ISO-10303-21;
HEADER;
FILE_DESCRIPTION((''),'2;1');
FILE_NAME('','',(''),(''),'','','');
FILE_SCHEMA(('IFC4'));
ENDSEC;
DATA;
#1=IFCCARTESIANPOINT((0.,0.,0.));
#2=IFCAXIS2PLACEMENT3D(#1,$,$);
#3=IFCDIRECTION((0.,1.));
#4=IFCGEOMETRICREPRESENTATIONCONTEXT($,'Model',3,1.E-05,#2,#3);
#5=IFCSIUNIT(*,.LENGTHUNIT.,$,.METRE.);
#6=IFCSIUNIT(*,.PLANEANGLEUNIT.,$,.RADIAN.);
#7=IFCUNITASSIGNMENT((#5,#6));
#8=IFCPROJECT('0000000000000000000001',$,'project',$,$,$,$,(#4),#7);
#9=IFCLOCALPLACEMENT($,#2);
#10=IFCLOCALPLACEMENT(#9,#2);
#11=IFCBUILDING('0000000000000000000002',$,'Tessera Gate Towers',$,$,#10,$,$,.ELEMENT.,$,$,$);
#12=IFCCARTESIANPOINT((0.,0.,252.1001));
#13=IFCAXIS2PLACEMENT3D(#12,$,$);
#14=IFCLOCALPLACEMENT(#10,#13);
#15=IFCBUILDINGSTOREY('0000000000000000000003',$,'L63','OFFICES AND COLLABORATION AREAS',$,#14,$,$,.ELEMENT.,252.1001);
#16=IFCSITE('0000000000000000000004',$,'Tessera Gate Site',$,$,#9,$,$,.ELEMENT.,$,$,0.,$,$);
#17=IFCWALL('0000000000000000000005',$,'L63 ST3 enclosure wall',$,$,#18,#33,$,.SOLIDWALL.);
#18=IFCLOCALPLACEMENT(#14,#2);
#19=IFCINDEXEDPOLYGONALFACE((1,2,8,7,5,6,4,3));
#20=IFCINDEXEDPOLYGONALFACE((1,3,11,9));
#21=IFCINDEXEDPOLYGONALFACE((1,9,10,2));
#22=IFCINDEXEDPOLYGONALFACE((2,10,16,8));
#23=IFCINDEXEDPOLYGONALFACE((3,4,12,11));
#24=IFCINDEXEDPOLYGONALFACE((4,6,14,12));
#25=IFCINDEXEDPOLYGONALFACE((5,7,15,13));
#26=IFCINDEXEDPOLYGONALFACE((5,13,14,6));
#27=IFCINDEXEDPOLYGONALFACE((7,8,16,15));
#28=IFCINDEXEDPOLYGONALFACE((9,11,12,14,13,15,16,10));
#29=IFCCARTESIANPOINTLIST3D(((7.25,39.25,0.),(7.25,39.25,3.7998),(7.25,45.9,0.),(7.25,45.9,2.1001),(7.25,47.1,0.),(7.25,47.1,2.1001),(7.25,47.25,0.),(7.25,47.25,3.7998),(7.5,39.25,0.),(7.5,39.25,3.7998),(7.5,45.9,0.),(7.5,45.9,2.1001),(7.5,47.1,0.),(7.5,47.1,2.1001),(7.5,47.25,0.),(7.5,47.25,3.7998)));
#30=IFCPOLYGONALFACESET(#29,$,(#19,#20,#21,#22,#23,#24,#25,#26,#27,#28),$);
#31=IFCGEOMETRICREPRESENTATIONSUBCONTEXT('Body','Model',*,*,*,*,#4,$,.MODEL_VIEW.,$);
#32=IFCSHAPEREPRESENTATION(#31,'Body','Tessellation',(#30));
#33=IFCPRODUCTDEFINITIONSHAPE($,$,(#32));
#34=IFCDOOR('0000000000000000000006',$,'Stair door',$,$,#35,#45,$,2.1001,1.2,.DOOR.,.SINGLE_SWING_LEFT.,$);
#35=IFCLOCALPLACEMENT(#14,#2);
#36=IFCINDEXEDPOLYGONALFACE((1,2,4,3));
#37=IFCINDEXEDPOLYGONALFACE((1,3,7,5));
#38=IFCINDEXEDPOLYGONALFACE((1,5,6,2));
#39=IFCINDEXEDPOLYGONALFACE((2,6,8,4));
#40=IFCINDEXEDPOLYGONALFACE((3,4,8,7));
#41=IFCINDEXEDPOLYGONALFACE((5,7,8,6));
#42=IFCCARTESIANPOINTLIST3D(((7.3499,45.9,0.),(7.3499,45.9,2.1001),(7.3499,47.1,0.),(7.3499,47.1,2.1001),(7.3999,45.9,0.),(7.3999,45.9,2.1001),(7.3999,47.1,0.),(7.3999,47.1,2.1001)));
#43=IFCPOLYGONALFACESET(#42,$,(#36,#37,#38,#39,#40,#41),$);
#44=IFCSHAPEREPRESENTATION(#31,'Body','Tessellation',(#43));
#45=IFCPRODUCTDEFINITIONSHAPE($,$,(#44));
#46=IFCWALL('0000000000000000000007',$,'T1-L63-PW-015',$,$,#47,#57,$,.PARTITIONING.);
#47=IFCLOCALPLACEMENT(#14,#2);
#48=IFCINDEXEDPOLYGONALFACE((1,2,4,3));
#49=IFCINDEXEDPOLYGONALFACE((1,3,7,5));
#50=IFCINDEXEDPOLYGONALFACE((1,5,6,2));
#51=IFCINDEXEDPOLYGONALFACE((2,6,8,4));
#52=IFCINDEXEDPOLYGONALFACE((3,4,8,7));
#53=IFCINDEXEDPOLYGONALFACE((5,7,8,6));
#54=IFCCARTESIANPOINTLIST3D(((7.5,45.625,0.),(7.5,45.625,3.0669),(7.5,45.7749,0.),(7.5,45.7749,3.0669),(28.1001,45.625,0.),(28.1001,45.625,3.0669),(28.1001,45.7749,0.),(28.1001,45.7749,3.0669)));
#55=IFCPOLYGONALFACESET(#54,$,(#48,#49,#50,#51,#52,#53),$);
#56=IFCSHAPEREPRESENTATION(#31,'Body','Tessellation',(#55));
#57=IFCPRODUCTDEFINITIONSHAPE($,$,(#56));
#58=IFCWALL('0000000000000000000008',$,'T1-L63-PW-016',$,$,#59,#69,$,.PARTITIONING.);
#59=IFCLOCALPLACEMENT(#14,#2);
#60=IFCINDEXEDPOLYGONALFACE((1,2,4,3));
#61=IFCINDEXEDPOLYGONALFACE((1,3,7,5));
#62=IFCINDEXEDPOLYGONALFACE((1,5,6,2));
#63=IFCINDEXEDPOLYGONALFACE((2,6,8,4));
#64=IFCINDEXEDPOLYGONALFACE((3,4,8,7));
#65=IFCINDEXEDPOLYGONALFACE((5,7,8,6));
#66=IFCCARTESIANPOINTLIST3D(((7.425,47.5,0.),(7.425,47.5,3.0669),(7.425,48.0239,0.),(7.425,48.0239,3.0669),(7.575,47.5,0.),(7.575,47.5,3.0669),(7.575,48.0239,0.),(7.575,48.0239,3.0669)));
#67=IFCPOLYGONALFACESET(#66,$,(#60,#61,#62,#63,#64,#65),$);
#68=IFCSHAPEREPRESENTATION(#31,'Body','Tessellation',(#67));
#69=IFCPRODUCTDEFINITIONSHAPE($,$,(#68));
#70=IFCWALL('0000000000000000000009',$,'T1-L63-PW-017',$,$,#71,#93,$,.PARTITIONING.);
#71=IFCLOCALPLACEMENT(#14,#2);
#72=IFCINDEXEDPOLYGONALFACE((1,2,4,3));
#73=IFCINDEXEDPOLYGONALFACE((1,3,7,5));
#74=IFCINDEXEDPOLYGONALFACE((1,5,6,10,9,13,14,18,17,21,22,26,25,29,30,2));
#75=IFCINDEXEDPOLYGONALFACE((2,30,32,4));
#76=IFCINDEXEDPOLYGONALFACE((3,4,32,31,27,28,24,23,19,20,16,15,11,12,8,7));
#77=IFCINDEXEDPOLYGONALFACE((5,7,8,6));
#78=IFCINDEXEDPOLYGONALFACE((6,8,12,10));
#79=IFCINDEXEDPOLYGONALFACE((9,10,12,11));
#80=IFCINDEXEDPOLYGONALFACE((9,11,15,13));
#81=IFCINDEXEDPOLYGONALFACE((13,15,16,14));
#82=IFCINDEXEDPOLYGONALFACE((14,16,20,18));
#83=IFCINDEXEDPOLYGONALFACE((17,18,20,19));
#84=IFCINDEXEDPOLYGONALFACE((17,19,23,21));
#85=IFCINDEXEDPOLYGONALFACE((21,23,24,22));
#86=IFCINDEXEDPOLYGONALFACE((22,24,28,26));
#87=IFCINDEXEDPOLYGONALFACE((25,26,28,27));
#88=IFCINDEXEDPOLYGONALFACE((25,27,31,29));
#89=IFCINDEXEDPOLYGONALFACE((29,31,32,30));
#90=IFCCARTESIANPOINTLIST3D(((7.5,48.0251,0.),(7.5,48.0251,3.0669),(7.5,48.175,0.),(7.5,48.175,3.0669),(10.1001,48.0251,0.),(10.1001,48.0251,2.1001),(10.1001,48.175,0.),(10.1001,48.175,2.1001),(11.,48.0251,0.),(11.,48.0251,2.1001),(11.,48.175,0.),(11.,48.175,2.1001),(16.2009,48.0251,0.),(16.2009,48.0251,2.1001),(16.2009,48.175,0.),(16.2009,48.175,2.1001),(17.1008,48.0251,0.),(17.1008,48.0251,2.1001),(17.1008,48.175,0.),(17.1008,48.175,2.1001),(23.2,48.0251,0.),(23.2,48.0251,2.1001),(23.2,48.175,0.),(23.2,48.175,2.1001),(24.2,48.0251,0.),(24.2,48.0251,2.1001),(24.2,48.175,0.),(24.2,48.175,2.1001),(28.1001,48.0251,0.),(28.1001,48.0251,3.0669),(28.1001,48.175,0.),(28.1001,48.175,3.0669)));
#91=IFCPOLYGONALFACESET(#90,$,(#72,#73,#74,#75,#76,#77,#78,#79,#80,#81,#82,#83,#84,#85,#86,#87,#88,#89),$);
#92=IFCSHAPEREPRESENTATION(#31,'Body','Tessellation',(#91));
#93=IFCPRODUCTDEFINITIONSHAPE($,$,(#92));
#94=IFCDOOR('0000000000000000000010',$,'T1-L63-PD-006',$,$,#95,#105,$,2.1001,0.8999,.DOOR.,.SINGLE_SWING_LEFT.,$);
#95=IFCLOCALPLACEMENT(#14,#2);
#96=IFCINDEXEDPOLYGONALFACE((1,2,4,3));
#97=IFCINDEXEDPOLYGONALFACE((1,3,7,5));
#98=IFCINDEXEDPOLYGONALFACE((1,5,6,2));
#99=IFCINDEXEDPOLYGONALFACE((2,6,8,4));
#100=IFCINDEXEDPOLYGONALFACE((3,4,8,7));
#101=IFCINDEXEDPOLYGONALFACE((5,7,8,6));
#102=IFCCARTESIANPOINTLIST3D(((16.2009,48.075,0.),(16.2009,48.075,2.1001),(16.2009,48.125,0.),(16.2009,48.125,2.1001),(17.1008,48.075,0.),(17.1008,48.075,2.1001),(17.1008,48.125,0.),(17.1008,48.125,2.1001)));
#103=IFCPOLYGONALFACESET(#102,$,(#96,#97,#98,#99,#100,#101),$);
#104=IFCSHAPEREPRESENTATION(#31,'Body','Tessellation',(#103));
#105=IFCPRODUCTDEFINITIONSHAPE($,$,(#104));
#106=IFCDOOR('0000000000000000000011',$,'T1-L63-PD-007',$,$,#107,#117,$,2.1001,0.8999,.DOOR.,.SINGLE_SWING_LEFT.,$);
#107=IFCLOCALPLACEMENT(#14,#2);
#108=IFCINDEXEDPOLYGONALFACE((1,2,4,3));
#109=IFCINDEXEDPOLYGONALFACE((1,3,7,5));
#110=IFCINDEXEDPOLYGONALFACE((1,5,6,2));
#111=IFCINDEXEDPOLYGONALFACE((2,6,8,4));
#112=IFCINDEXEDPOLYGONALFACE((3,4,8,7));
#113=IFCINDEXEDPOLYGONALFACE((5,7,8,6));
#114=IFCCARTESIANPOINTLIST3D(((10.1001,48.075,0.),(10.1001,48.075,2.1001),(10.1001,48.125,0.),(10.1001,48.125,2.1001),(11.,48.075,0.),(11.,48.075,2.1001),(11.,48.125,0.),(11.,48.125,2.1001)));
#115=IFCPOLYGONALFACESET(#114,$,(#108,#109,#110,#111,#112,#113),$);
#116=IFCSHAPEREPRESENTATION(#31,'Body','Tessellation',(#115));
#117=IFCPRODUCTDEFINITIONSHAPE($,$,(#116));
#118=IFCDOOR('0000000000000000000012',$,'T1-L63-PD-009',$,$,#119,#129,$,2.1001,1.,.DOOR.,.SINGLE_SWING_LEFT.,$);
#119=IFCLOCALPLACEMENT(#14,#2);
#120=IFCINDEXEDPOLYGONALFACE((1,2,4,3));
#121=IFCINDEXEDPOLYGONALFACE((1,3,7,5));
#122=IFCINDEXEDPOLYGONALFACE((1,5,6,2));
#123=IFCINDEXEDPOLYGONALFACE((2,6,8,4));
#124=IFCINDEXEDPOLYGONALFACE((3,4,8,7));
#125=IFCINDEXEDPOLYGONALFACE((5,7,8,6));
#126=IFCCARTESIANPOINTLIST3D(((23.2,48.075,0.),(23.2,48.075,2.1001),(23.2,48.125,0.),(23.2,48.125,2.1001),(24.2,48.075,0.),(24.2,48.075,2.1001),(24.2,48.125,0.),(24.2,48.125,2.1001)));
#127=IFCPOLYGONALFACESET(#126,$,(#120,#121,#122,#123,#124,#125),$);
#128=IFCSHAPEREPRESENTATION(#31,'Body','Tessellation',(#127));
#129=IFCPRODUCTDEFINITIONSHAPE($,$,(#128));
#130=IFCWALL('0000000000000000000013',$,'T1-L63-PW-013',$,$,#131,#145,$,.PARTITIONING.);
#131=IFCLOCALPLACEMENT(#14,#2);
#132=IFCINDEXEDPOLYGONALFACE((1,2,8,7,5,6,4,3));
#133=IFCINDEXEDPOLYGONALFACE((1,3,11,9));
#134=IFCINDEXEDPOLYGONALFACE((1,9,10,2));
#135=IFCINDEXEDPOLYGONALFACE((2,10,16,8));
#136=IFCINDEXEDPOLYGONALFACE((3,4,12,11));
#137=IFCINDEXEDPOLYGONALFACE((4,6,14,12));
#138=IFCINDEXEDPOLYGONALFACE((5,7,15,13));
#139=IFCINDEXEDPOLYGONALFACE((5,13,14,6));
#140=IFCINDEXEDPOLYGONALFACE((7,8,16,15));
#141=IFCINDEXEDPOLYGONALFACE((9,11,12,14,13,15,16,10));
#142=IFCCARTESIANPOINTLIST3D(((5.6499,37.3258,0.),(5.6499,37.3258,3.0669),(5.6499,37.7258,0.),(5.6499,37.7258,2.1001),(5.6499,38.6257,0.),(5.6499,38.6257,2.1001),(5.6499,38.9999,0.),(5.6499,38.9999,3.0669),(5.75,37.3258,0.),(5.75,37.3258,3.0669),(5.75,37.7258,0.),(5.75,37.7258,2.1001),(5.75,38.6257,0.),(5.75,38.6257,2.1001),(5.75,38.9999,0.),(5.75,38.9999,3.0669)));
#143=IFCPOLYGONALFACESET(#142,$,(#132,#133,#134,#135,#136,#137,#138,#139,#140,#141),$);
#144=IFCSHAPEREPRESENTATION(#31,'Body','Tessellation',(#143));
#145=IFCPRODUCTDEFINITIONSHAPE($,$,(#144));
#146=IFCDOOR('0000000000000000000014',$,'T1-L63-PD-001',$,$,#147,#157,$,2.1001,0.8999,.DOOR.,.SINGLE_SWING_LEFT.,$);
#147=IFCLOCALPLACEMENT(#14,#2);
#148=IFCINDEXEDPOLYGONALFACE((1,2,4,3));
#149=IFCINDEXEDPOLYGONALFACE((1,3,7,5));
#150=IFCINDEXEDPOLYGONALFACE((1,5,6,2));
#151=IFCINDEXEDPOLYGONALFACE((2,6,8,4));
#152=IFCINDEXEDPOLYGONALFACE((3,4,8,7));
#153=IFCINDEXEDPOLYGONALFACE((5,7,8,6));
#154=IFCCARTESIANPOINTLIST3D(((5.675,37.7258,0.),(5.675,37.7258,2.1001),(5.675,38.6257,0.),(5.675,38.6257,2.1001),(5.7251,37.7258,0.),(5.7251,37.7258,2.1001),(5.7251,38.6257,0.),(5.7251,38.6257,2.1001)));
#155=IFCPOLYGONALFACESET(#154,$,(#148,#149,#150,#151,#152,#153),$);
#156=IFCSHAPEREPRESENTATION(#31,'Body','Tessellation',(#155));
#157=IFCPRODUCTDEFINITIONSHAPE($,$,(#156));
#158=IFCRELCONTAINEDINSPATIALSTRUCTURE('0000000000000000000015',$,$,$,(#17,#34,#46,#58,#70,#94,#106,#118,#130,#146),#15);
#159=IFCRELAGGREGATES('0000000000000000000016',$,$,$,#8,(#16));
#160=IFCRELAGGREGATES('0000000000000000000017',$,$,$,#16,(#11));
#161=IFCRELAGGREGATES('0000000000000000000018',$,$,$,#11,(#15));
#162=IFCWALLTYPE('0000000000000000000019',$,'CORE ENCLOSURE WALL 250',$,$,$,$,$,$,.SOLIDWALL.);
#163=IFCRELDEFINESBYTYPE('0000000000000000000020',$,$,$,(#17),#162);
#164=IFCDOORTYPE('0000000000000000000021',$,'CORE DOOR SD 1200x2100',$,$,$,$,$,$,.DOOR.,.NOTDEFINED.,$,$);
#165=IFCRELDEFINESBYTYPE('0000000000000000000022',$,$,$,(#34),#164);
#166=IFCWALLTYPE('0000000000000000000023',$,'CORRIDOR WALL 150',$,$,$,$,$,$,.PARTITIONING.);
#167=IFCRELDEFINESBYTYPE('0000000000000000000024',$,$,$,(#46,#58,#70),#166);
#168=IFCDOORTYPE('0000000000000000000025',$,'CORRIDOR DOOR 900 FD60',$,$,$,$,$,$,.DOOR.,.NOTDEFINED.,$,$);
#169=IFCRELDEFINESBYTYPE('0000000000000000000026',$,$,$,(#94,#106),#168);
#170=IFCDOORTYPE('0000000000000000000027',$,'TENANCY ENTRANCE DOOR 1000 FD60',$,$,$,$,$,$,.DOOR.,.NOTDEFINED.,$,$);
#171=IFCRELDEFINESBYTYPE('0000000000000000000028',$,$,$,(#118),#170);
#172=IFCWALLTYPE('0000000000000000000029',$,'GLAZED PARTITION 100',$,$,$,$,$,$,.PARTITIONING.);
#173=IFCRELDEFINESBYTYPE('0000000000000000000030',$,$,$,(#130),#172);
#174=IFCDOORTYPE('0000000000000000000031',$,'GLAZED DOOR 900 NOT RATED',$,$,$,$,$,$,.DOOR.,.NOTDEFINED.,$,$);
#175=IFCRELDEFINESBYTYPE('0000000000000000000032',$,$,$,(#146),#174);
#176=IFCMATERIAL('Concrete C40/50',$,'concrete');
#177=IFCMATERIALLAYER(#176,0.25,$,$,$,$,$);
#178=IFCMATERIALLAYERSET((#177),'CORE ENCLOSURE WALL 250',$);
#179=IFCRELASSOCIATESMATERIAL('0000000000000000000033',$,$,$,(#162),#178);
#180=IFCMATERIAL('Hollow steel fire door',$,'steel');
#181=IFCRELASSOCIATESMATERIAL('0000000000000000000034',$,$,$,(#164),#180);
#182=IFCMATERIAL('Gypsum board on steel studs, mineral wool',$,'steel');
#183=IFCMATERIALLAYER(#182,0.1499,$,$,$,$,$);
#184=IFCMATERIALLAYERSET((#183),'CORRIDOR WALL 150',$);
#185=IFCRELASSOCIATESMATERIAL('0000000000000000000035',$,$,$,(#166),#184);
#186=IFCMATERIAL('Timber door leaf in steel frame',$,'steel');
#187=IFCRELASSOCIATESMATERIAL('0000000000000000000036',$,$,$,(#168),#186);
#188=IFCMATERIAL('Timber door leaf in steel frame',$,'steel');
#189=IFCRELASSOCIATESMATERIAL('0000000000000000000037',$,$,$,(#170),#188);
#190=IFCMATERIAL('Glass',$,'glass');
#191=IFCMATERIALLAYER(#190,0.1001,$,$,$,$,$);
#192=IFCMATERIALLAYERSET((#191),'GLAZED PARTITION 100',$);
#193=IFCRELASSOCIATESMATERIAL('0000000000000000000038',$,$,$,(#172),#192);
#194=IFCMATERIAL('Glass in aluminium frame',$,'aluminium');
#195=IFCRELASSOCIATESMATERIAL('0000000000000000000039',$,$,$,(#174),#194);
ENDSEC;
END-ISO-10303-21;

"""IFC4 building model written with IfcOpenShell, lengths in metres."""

from ifc_helpers import new_model, si_unit, direction, frame, frame_2d, origin, place, context, subcontext, project, spatial, rectangle, extrude, source, transform, mapped, material, layer, layer_set, type_object, element, fill, save


model = new_model("IFC4")

# Units and contexts
model_context = context("Model", 3, precision=1e-05, world=origin(), true_north=direction((0.0, 1.0)))
body_context = subcontext(model_context, "Body", "Model", "MODEL_VIEW")
ifc_project = project(units=[si_unit("LENGTHUNIT", "METRE"), si_unit("PLANEANGLEUNIT", "RADIAN")], contexts=[model_context])

# Site, building, storey
site_placement = place(None, origin())
site = spatial("IfcSite", under=ifc_project, at=site_placement, Name="Tessera Gate Site", CompositionType="ELEMENT", RefElevation=0.0)
building_placement = place(site_placement, origin())
building = spatial("IfcBuilding", under=site, at=building_placement, Name="Tessera Gate Towers", CompositionType="ELEMENT")
storey_placement = place(building_placement, frame((0.0, 0.0, 252.1001)))
storey = spatial("IfcBuildingStorey", under=building, at=storey_placement, Name="L63", Description="OFFICES AND COLLABORATION AREAS", CompositionType="ELEMENT", Elevation=252.1001)

# Shared definitions
ifc_material_1 = material(Name="Concrete C40/50", Category="concrete")
ifc_layer_1 = layer(ifc_material_1, 0.25)
ifc_layer_set_1 = layer_set([ifc_layer_1], Name="CORE ENCLOSURE WALL 250")
wall_type_1 = type_object("IfcWallType", Name="CORE ENCLOSURE WALL 250", PredefinedType="SOLIDWALL", material=ifc_layer_set_1)

# Wall, opening, door
wall_1_placement = place(storey_placement, frame((7.375, 47.25, 0.0), z_axis=(0.0, 0.0, 1.0), x_axis=(0.0, -1.0, 0.0)))
wall_1 = element("IfcWall", 1, at=wall_1_placement, inside=storey, type_object=wall_type_1, Name="L63 ST3 enclosure wall", PredefinedType="SOLIDWALL", context=body_context, shape_type="SweptSolid", body=[
    extrude(rectangle(XDim=8.0, YDim=0.25, at=frame_2d((4.0, 0.0))), origin(), (0.0, 0.0, 1.0), 3.7998),
])
shared_shape_1 = source(origin(), body_context, "Body", "SweptSolid", [
    extrude(rectangle(XDim=1.2, YDim=2.1001, at=frame_2d((0.6001, 1.05))), frame((0.0, 0.135, 0.0), z_axis=(0.0, -1.0, 0.0), x_axis=(1.0, 0.0, 0.0)), (0.0, 0.0, 1.0), 0.27),
])
opening_1_placement = place(wall_1_placement, frame((0.1499, 0.0, 0.0)))
opening_1 = element("IfcOpeningElement", 2, at=opening_1_placement, cuts=wall_1, PredefinedType="OPENING", context=body_context, shape_type="MappedRepresentation", body=[
    mapped(shared_shape_1, transform((0.0, 0.0, 0.0), scale=1.0)),
])
ifc_material_2 = material(Name="Hollow steel fire door", Category="steel")
door_type_1 = type_object("IfcDoorType", Name="CORE DOOR SD 1200x2100", OperationType="NOTDEFINED", PredefinedType="DOOR", material=ifc_material_2)
shared_shape_2 = source(origin(), body_context, "Body", "SweptSolid", [
    extrude(rectangle(XDim=1.2, YDim=2.1001, at=frame_2d((0.6001, 1.05))), frame((0.0, 0.0249, 0.0), z_axis=(0.0, -1.0, 0.0), x_axis=(1.0, 0.0, 0.0)), (0.0, 0.0, 1.0), 0.05),
])
door_1_placement = place(opening_1_placement, origin())
door_1 = element("IfcDoor", 3, at=door_1_placement, inside=storey, type_object=door_type_1, Name="Stair door", OperationType="SINGLE_SWING_LEFT", OverallHeight=2.1001, OverallWidth=1.2, PredefinedType="DOOR", context=body_context, shape_type="MappedRepresentation", body=[
    mapped(shared_shape_2, transform((0.0, 0.0, 0.0), scale=1.0)),
])
fill(opening_1, door_1)

# Walls
ifc_material_3 = material(Name="Gypsum board on steel studs, mineral wool", Category="steel")
ifc_layer_2 = layer(ifc_material_3, 0.1499)
ifc_layer_set_2 = layer_set([ifc_layer_2], Name="CORRIDOR WALL 150")
wall_type_2 = type_object("IfcWallType", Name="CORRIDOR WALL 150", PredefinedType="PARTITIONING", material=ifc_layer_set_2)
wall_2_placement = place(storey_placement, frame((7.5, 45.7, 0.0), z_axis=(0.0, 0.0, 1.0), x_axis=(1.0, 0.0, 0.0)))
element("IfcWall", 4, at=wall_2_placement, inside=storey, type_object=wall_type_2, Name="T1-L63-PW-015", PredefinedType="PARTITIONING", context=body_context, shape_type="SweptSolid", body=[
    extrude(rectangle(XDim=20.6001, YDim=0.1499, at=frame_2d((10.3, 0.0))), origin(), (0.0, 0.0, 1.0), 3.0669),
])
wall_3_placement = place(storey_placement, frame((7.5, 47.5, 0.0), z_axis=(0.0, 0.0, 1.0), x_axis=(0.0, 1.0, 0.0)))
element("IfcWall", 5, at=wall_3_placement, inside=storey, type_object=wall_type_2, Name="T1-L63-PW-016", PredefinedType="PARTITIONING", context=body_context, shape_type="SweptSolid", body=[
    extrude(rectangle(XDim=0.5239, YDim=0.1499, at=frame_2d((0.262, 0.0))), origin(), (0.0, 0.0, 1.0), 3.0669),
])

# Wall, openings, doors
wall_4_placement = place(storey_placement, frame((7.5, 48.1001, 0.0), z_axis=(0.0, 0.0, 1.0), x_axis=(1.0, 0.0, 0.0)))
wall_4 = element("IfcWall", 6, at=wall_4_placement, inside=storey, type_object=wall_type_2, Name="T1-L63-PW-017", PredefinedType="PARTITIONING", context=body_context, shape_type="SweptSolid", body=[
    extrude(rectangle(XDim=20.6001, YDim=0.1499, at=frame_2d((10.3, 0.0))), origin(), (0.0, 0.0, 1.0), 3.0669),
])
shared_shape_3 = source(origin(), body_context, "Body", "SweptSolid", [
    extrude(rectangle(XDim=0.8999, YDim=2.1001, at=frame_2d((0.45, 1.05))), frame((0.0, 0.085, 0.0), z_axis=(0.0, -1.0, 0.0), x_axis=(1.0, 0.0, 0.0)), (0.0, 0.0, 1.0), 0.1699),
])
opening_2_placement = place(wall_4_placement, frame((8.7009, 0.0, 0.0)))
opening_2 = element("IfcOpeningElement", 7, at=opening_2_placement, cuts=wall_4, PredefinedType="OPENING", context=body_context, shape_type="MappedRepresentation", body=[
    mapped(shared_shape_3, transform((0.0, 0.0, 0.0), scale=1.0)),
])
opening_3_placement = place(wall_4_placement, frame((2.6001, 0.0, 0.0)))
opening_3 = element("IfcOpeningElement", 8, at=opening_3_placement, cuts=wall_4, PredefinedType="OPENING", context=body_context, shape_type="MappedRepresentation", body=[
    mapped(shared_shape_3, transform((0.0, 0.0, 0.0), scale=1.0)),
])
shared_shape_4 = source(origin(), body_context, "Body", "SweptSolid", [
    extrude(rectangle(XDim=1.0, YDim=2.1001, at=frame_2d((0.5, 1.05))), frame((0.0, 0.085, 0.0), z_axis=(0.0, -1.0, 0.0), x_axis=(1.0, 0.0, 0.0)), (0.0, 0.0, 1.0), 0.1699),
])
opening_4_placement = place(wall_4_placement, frame((15.7, 0.0, 0.0)))
opening_4 = element("IfcOpeningElement", 9, at=opening_4_placement, cuts=wall_4, PredefinedType="OPENING", context=body_context, shape_type="MappedRepresentation", body=[
    mapped(shared_shape_4, transform((0.0, 0.0, 0.0), scale=1.0)),
])
ifc_material_4 = material(Name="Timber door leaf in steel frame", Category="steel")
door_type_2 = type_object("IfcDoorType", Name="CORRIDOR DOOR 900 FD60", OperationType="NOTDEFINED", PredefinedType="DOOR", material=ifc_material_4)
shared_shape_5 = source(origin(), body_context, "Body", "SweptSolid", [
    extrude(rectangle(XDim=0.8999, YDim=2.1001, at=frame_2d((0.45, 1.05))), frame((0.0, 0.0249, 0.0), z_axis=(0.0, -1.0, 0.0), x_axis=(1.0, 0.0, 0.0)), (0.0, 0.0, 1.0), 0.05),
])
door_2_placement = place(opening_2_placement, origin())
door_2 = element("IfcDoor", 10, at=door_2_placement, inside=storey, type_object=door_type_2, Name="T1-L63-PD-006", OperationType="SINGLE_SWING_LEFT", OverallHeight=2.1001, OverallWidth=0.8999, PredefinedType="DOOR", context=body_context, shape_type="MappedRepresentation", body=[
    mapped(shared_shape_5, transform((0.0, 0.0, 0.0), scale=1.0)),
])
fill(opening_2, door_2)
door_3_placement = place(opening_3_placement, origin())
door_3 = element("IfcDoor", 11, at=door_3_placement, inside=storey, type_object=door_type_2, Name="T1-L63-PD-007", OperationType="SINGLE_SWING_LEFT", OverallHeight=2.1001, OverallWidth=0.8999, PredefinedType="DOOR", context=body_context, shape_type="MappedRepresentation", body=[
    mapped(shared_shape_5, transform((0.0, 0.0, 0.0), scale=1.0)),
])
fill(opening_3, door_3)
ifc_material_5 = material(Name="Timber door leaf in steel frame", Category="steel")
door_type_3 = type_object("IfcDoorType", Name="TENANCY ENTRANCE DOOR 1000 FD60", OperationType="NOTDEFINED", PredefinedType="DOOR", material=ifc_material_5)
shared_shape_6 = source(origin(), body_context, "Body", "SweptSolid", [
    extrude(rectangle(XDim=1.0, YDim=2.1001, at=frame_2d((0.5, 1.05))), frame((0.0, 0.0249, 0.0), z_axis=(0.0, -1.0, 0.0), x_axis=(1.0, 0.0, 0.0)), (0.0, 0.0, 1.0), 0.05),
])
door_4_placement = place(opening_4_placement, origin())
door_4 = element("IfcDoor", 12, at=door_4_placement, inside=storey, type_object=door_type_3, Name="T1-L63-PD-009", OperationType="SINGLE_SWING_LEFT", OverallHeight=2.1001, OverallWidth=1.0, PredefinedType="DOOR", context=body_context, shape_type="MappedRepresentation", body=[
    mapped(shared_shape_6, transform((0.0, 0.0, 0.0), scale=1.0)),
])
fill(opening_4, door_4)

# Wall, opening, door
ifc_material_6 = material(Name="Glass", Category="glass")
ifc_layer_3 = layer(ifc_material_6, 0.1001)
ifc_layer_set_3 = layer_set([ifc_layer_3], Name="GLAZED PARTITION 100")
wall_type_3 = type_object("IfcWallType", Name="GLAZED PARTITION 100", PredefinedType="PARTITIONING", material=ifc_layer_set_3)
wall_5_placement = place(storey_placement, frame((5.7, 37.3259, 0.0), z_axis=(0.0, 0.0, 1.0), x_axis=(0.0, 1.0, 0.0)))
wall_5 = element("IfcWall", 13, at=wall_5_placement, inside=storey, type_object=wall_type_3, Name="T1-L63-PW-013", PredefinedType="PARTITIONING", context=body_context, shape_type="SweptSolid", body=[
    extrude(rectangle(XDim=1.6741, YDim=0.1001, at=frame_2d((0.8369, 0.0))), origin(), (0.0, 0.0, 1.0), 3.0669),
])
shared_shape_7 = source(origin(), body_context, "Body", "SweptSolid", [
    extrude(rectangle(XDim=0.8999, YDim=2.1001, at=frame_2d((0.45, 1.05))), frame((0.0, 0.0601, 0.0), z_axis=(0.0, -1.0, 0.0), x_axis=(1.0, 0.0, 0.0)), (0.0, 0.0, 1.0), 0.1201),
])
opening_5_placement = place(wall_5_placement, frame((0.3999, 0.0, 0.0)))
opening_5 = element("IfcOpeningElement", 14, at=opening_5_placement, cuts=wall_5, PredefinedType="OPENING", context=body_context, shape_type="MappedRepresentation", body=[
    mapped(shared_shape_7, transform((0.0, 0.0, 0.0), scale=1.0)),
])
ifc_material_7 = material(Name="Glass in aluminium frame", Category="aluminium")
door_type_4 = type_object("IfcDoorType", Name="GLAZED DOOR 900 NOT RATED", OperationType="NOTDEFINED", PredefinedType="DOOR", material=ifc_material_7)
door_5_placement = place(opening_5_placement, origin())
door_5 = element("IfcDoor", 15, at=door_5_placement, inside=storey, type_object=door_type_4, Name="T1-L63-PD-001", OperationType="SINGLE_SWING_LEFT", OverallHeight=2.1001, OverallWidth=0.8999, PredefinedType="DOOR", context=body_context, shape_type="MappedRepresentation", body=[
    mapped(shared_shape_5, transform((0.0, 0.0, 0.0), scale=1.0)),
])
fill(opening_5, door_5)

save(model, "model.ifc")
